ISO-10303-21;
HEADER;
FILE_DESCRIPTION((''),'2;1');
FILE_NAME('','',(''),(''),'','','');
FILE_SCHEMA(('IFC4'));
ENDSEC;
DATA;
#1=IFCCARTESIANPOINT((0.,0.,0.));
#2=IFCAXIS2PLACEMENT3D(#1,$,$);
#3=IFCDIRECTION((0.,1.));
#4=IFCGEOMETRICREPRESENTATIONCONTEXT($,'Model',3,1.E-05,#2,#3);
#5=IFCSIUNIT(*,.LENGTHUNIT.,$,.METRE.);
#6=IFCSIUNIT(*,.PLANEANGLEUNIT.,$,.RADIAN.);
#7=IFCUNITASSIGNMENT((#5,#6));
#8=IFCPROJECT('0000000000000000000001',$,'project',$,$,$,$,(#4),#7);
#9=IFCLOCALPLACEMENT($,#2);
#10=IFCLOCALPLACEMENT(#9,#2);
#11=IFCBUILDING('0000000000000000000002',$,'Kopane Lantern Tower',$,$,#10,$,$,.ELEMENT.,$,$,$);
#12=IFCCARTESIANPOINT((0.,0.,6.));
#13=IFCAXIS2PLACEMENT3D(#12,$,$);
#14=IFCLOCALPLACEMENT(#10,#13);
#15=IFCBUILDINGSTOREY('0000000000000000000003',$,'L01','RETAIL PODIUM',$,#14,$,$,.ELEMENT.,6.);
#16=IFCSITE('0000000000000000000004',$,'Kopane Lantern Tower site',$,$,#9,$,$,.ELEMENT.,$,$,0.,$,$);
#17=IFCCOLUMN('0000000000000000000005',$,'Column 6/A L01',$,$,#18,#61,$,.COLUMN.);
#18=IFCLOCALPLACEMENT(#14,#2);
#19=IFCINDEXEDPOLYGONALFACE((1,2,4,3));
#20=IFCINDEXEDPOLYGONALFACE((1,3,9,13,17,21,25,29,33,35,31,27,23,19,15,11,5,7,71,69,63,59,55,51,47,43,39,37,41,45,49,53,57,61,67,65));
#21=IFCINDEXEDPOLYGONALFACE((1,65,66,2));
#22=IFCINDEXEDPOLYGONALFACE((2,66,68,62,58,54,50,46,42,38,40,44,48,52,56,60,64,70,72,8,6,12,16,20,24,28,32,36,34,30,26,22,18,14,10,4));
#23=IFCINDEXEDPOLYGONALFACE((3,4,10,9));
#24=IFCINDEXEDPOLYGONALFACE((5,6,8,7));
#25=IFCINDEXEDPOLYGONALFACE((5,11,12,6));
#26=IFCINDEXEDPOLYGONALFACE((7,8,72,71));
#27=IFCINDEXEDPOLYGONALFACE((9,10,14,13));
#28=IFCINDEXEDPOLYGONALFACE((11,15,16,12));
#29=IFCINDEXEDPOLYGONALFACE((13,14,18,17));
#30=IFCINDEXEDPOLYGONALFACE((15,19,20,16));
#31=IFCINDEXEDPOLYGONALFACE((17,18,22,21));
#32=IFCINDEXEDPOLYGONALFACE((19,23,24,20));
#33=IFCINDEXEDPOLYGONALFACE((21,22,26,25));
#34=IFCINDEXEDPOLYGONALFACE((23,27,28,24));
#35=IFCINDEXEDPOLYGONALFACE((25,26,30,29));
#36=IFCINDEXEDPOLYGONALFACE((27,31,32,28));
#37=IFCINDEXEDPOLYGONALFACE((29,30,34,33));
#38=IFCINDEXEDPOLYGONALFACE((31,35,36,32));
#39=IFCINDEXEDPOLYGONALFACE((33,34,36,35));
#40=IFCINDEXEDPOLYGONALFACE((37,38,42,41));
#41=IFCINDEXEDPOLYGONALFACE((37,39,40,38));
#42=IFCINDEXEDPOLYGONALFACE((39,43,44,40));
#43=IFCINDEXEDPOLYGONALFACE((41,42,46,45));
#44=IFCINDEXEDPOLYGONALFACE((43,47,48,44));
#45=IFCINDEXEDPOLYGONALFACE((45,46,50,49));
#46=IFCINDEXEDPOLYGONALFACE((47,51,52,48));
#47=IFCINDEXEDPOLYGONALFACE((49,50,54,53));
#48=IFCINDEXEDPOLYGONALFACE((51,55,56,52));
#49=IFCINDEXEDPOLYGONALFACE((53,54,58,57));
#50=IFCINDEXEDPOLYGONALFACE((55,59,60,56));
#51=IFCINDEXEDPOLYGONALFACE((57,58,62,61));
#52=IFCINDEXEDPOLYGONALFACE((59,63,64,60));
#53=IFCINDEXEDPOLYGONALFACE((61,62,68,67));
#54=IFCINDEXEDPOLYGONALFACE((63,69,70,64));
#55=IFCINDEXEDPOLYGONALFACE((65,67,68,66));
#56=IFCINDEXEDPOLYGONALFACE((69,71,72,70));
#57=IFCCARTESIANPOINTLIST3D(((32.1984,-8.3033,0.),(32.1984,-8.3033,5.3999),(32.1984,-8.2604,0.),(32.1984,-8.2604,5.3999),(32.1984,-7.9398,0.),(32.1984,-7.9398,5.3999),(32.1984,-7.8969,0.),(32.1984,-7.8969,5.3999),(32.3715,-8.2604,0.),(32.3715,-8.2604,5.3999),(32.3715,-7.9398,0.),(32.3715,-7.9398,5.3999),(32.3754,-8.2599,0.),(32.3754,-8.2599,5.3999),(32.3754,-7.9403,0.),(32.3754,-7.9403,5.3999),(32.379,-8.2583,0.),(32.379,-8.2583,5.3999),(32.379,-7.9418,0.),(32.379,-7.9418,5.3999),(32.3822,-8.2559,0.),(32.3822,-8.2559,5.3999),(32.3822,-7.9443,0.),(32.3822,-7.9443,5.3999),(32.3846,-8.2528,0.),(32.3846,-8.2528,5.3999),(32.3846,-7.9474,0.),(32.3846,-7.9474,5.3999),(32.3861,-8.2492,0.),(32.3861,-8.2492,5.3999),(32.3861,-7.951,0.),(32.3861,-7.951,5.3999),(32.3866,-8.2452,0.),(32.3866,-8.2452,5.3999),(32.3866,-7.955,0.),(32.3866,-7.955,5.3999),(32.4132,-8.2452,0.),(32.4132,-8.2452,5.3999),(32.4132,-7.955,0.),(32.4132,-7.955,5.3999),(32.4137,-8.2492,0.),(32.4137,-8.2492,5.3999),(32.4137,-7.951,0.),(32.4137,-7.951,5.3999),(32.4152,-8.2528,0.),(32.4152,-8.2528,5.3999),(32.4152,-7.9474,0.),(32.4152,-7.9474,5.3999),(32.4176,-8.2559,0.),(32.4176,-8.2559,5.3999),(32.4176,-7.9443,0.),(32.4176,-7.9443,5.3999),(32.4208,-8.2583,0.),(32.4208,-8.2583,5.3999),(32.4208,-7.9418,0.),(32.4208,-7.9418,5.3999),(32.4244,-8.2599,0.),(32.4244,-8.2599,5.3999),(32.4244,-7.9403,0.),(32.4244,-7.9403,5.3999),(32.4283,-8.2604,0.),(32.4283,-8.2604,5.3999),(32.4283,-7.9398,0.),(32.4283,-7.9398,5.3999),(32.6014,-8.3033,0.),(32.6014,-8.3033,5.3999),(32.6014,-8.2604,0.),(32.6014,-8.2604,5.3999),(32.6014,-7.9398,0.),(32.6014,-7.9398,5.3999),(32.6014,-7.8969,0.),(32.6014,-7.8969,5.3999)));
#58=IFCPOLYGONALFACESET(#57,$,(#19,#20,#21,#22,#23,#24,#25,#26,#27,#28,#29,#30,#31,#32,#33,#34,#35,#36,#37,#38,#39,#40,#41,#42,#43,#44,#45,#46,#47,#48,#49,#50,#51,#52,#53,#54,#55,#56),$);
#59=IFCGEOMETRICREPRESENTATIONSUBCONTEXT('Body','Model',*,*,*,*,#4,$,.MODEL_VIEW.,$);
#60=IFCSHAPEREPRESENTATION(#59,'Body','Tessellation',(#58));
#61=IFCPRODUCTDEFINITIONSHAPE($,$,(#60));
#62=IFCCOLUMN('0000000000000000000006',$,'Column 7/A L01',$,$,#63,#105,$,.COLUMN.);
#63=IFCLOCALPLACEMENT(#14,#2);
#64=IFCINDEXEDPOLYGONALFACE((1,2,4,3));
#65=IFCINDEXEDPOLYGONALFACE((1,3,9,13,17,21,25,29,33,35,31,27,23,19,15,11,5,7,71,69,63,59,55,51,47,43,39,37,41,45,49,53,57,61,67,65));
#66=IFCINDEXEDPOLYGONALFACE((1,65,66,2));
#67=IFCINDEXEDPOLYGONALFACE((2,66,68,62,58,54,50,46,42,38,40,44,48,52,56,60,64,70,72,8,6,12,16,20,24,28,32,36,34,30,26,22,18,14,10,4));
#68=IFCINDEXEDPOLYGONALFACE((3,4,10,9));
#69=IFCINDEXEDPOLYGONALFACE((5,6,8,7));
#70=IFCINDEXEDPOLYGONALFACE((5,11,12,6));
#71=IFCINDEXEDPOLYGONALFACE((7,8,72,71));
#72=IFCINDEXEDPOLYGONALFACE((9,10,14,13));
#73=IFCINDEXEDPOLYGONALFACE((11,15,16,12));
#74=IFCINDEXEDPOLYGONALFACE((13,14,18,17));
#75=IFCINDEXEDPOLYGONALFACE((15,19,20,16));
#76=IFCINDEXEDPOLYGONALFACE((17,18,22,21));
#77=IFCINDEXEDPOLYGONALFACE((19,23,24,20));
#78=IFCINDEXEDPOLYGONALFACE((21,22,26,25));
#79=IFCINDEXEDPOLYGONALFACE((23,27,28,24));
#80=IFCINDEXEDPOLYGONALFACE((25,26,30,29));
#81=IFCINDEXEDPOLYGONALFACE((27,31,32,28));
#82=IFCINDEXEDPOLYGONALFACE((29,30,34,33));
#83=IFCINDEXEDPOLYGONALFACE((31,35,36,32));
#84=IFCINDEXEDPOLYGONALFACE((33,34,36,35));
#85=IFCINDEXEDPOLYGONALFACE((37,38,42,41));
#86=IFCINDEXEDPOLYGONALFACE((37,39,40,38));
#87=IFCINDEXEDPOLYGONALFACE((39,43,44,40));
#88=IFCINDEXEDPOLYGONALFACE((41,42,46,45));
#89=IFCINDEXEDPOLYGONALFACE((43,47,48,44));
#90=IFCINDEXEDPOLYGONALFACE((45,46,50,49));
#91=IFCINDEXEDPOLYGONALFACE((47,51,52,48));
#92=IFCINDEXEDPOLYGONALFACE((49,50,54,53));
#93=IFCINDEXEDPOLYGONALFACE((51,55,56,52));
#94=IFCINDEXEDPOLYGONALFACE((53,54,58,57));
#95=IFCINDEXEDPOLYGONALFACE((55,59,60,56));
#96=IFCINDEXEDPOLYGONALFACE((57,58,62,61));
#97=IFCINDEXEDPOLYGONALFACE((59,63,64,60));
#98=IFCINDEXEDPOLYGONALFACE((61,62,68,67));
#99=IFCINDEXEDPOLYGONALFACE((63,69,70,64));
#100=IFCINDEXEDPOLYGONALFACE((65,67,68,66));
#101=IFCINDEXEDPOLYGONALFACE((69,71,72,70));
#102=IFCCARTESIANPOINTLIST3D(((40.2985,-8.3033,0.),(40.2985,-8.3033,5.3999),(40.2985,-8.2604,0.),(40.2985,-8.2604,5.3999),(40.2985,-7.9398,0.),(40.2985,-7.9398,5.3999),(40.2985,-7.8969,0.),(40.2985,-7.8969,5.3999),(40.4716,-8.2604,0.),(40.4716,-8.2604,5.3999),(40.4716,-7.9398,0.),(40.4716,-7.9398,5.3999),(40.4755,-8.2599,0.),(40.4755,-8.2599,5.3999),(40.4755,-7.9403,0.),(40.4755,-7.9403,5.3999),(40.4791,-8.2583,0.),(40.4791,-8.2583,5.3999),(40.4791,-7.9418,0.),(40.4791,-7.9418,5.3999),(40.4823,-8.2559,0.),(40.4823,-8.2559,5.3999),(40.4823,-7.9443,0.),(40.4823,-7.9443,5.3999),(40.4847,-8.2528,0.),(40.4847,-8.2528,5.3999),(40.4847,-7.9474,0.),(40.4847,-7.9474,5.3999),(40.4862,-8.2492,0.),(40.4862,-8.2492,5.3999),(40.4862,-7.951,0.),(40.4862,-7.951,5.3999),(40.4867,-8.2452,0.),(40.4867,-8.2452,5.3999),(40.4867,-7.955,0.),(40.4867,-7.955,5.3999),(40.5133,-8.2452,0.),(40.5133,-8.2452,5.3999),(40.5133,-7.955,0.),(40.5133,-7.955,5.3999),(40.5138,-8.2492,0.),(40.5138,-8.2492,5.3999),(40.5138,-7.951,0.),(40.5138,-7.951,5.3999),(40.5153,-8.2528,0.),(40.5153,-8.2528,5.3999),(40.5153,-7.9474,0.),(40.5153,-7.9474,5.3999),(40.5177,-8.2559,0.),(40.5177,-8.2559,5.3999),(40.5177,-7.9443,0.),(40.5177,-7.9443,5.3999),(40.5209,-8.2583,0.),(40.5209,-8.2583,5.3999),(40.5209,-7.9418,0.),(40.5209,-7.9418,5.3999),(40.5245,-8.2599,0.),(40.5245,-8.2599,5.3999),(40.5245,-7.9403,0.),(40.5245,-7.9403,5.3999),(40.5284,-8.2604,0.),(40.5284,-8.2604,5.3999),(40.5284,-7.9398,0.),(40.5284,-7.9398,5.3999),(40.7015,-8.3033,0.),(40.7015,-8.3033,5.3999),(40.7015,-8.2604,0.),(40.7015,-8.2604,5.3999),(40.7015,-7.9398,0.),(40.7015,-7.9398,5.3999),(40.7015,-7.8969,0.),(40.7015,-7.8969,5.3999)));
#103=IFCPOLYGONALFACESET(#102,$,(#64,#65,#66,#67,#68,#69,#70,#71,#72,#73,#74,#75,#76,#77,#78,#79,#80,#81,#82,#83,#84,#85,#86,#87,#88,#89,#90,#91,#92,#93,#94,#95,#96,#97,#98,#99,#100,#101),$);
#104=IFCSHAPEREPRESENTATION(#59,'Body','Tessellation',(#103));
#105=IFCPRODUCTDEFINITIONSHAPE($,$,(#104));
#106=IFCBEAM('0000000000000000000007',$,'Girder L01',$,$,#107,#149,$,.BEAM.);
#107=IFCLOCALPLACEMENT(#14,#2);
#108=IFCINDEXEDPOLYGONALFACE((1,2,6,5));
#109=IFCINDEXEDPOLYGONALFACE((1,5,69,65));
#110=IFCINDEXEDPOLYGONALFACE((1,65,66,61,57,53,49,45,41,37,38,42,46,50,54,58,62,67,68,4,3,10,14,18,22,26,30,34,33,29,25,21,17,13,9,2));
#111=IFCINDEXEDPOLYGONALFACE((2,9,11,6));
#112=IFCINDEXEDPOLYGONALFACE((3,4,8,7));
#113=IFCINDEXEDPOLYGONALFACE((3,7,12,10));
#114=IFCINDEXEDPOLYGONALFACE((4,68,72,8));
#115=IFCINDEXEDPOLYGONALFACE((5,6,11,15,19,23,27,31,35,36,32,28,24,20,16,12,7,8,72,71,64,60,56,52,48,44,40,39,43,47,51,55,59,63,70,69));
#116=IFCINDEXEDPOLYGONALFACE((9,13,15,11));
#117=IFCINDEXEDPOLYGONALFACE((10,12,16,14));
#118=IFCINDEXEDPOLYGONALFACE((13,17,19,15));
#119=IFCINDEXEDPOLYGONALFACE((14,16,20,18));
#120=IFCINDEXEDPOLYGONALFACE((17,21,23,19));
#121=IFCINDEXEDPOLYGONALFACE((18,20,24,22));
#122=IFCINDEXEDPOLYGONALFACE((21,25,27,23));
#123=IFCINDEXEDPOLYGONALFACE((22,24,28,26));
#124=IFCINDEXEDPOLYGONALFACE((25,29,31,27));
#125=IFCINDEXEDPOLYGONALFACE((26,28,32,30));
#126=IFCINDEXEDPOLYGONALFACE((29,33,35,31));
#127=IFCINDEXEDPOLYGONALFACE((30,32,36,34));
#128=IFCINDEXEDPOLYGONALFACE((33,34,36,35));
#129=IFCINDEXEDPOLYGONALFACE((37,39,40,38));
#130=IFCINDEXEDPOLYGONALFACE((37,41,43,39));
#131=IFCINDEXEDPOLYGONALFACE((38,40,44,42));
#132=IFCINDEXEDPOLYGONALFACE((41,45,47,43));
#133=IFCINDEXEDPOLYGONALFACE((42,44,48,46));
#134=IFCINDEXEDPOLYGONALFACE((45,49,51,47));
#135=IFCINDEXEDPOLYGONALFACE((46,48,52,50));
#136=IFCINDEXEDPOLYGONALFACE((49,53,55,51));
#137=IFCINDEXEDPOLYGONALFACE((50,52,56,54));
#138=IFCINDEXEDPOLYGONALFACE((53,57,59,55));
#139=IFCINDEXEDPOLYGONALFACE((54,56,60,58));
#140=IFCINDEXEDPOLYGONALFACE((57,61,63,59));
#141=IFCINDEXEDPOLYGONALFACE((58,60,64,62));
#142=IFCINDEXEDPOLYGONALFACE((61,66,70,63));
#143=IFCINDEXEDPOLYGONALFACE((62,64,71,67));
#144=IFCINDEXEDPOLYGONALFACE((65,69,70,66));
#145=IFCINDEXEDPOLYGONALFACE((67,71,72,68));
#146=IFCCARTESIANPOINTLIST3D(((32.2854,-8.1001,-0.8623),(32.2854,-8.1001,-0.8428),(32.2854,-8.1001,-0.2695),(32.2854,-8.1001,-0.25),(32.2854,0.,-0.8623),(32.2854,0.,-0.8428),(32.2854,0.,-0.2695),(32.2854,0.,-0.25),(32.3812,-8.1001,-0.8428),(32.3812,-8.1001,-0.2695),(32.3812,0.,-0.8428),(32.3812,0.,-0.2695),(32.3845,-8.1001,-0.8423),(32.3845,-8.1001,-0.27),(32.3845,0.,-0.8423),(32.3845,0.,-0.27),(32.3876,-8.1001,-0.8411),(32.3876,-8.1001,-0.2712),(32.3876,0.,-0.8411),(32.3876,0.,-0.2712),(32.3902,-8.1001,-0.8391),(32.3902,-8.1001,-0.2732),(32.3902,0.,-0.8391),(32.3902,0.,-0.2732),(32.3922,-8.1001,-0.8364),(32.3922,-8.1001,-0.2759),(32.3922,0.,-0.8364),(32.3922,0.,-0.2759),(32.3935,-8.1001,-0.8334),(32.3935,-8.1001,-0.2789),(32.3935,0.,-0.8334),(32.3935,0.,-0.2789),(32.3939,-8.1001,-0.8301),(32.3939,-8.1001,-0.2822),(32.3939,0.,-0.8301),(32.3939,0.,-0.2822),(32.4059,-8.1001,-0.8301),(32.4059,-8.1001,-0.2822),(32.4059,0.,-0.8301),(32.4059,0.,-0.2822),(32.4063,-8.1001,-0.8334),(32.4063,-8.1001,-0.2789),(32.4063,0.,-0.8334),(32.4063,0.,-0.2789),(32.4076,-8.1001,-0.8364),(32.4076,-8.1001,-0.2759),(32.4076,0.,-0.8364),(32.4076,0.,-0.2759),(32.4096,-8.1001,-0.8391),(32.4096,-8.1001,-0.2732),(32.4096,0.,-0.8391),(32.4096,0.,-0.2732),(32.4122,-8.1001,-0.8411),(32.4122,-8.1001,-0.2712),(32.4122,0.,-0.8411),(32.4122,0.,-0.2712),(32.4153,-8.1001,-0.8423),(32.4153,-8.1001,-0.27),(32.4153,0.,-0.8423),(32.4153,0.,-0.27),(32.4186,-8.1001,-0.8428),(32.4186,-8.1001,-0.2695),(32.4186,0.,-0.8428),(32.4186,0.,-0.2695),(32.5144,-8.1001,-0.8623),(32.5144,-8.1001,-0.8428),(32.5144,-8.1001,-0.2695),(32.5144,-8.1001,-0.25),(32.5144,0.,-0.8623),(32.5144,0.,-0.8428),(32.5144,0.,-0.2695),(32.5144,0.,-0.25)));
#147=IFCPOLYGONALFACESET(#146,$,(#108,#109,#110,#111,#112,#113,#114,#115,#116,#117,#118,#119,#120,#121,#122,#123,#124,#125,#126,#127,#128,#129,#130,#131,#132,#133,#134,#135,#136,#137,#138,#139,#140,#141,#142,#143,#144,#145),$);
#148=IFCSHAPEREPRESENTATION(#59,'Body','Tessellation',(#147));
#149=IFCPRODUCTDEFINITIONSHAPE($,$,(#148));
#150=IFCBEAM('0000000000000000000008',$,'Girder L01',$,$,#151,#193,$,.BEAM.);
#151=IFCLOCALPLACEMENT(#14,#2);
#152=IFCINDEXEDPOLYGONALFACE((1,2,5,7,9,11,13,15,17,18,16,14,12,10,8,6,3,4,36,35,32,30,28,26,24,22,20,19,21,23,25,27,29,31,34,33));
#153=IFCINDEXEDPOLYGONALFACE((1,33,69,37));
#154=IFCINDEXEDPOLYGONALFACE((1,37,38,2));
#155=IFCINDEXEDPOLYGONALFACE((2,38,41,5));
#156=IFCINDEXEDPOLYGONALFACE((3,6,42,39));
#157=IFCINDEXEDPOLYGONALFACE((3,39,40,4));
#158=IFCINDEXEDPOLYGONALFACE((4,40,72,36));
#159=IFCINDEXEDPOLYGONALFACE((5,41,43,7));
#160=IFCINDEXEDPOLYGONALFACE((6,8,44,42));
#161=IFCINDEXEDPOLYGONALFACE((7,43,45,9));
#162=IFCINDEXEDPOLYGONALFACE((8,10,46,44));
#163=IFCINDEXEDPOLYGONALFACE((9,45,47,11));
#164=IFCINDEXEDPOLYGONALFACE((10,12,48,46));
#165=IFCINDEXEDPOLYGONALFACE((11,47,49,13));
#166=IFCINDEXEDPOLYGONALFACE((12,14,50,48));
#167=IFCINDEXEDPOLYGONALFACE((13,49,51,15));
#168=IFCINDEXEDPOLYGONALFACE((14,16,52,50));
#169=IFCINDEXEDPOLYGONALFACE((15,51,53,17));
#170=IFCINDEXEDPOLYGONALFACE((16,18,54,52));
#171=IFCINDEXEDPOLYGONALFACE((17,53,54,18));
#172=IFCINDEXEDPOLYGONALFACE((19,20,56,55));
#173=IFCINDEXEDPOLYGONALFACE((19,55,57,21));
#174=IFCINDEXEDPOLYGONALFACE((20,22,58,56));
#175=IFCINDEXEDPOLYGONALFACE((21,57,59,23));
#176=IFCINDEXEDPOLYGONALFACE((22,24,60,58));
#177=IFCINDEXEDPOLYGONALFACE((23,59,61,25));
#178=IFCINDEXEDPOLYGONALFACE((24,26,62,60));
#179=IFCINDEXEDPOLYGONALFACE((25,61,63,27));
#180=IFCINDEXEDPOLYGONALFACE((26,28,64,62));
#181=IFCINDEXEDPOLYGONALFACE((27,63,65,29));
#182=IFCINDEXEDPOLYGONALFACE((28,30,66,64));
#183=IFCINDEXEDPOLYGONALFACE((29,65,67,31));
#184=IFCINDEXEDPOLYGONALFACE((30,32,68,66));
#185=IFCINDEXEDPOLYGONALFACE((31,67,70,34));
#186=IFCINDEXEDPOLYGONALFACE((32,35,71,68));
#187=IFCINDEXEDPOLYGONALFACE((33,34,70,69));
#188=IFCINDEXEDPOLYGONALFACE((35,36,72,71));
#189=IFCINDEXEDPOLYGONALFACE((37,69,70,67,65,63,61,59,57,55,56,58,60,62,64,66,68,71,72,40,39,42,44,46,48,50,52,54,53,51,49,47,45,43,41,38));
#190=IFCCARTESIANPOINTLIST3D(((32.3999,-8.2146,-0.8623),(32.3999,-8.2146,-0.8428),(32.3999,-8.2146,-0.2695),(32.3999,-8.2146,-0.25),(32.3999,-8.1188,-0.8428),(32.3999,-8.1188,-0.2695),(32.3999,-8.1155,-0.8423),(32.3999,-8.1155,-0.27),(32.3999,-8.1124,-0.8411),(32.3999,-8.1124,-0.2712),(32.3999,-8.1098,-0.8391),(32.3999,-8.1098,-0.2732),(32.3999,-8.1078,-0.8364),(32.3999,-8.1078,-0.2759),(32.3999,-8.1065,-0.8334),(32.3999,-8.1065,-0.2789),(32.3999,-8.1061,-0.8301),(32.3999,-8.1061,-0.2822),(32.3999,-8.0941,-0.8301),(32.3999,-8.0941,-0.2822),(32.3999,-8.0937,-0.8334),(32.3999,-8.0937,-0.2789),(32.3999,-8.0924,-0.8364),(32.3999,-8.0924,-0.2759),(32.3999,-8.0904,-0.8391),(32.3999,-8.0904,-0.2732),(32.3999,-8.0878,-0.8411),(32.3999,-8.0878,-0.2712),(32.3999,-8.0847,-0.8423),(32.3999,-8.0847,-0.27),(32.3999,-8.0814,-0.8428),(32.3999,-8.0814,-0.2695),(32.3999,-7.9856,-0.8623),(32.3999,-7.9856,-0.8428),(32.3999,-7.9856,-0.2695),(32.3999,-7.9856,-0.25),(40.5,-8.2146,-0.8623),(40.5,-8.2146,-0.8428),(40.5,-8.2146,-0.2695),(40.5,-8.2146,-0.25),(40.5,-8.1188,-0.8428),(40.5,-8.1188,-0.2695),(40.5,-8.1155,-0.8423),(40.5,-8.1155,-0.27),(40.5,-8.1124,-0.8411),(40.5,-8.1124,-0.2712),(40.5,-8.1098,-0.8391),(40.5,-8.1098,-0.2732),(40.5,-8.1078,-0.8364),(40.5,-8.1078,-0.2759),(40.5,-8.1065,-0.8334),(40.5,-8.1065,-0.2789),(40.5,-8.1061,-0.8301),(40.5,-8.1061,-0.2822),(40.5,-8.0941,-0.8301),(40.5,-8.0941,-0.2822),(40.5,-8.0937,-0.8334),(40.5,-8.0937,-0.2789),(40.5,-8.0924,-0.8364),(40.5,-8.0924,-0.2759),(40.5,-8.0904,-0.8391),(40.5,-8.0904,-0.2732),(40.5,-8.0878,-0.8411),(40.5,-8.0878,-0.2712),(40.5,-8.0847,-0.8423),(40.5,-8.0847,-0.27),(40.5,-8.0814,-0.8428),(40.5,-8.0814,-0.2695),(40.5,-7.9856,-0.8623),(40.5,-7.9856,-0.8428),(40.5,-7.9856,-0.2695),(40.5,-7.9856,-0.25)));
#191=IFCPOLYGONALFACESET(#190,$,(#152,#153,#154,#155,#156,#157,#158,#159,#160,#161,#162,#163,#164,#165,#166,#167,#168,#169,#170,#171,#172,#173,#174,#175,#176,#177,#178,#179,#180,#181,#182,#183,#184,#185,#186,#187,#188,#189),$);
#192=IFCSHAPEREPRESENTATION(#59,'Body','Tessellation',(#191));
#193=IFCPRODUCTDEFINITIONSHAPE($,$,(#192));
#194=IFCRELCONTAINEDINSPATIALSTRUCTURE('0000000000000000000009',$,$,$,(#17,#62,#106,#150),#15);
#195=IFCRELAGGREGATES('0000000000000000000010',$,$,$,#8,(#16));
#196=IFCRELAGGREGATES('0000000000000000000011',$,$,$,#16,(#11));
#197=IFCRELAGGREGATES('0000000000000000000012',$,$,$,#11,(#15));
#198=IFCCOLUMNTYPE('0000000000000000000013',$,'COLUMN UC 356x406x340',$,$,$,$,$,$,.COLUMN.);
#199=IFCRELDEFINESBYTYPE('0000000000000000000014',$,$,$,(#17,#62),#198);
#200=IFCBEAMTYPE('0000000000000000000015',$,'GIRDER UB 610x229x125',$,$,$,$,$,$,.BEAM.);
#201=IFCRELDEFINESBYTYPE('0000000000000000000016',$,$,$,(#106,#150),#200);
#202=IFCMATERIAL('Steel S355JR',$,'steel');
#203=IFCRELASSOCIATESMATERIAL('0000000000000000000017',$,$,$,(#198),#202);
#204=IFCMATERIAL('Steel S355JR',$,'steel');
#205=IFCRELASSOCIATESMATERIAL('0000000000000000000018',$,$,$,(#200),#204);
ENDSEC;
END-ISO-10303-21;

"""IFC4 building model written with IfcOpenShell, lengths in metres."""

from ifc_helpers import new_model, si_unit, direction, frame, origin, origin_2d, place, context, subcontext, project, spatial, i_section, extrude, material, material_profile, profile_set, type_object, element, save


model = new_model("IFC4")

# Units and contexts
model_context = context("Model", 3, precision=1e-05, world=origin(), true_north=direction((0.0, 1.0)))
body_context = subcontext(model_context, "Body", "Model", "MODEL_VIEW")
ifc_project = project(units=[si_unit("LENGTHUNIT", "METRE"), si_unit("PLANEANGLEUNIT", "RADIAN")], contexts=[model_context])

# Site, building, storey
site_placement = place(None, origin())
site = spatial("IfcSite", under=ifc_project, at=site_placement, Name="Kopane Lantern Tower site", CompositionType="ELEMENT", RefElevation=0.0)
building_placement = place(site_placement, origin())
building = spatial("IfcBuilding", under=site, at=building_placement, Name="Kopane Lantern Tower", CompositionType="ELEMENT")
storey_placement = place(building_placement, frame((0.0, 0.0, 6.0)))
storey = spatial("IfcBuildingStorey", under=building, at=storey_placement, Name="L01", Description="RETAIL PODIUM", CompositionType="ELEMENT", Elevation=6.0)

# Columns
ifc_material_1 = material(Name="Steel S355JR", Category="steel")
ifc_material_profile_1 = material_profile(ifc_material_1, i_section(OverallWidth=0.4031, OverallDepth=0.4065, WebThickness=0.0266, FlangeThickness=0.043, FilletRadius=0.0151, at=origin_2d()), Name="UC 356x406x340")
ifc_profile_set_1 = profile_set([ifc_material_profile_1], Name="Steel S355JR")
column_type = type_object("IfcColumnType", Name="COLUMN UC 356x406x340", PredefinedType="COLUMN", material=ifc_profile_set_1)
for number, where, z_axis, x_axis, name in (
    (1, (32.3999, -8.1001, 0.0), (0.0, 0.0, 1.0), (1.0, 0.0, 0.0), "Column 6/A L01"),
    (2, (40.5, -8.1001, 0.0), (0.0, 0.0, 1.0), (1.0, 0.0, 0.0), "Column 7/A L01"),
):
    element("IfcColumn", number, at=place(storey_placement, frame(where, z_axis=z_axis, x_axis=x_axis)), inside=storey, type_object=column_type, Name=name, PredefinedType="COLUMN", context=body_context, shape_type="SweptSolid", body=[
        extrude(i_section(OverallWidth=0.4031, OverallDepth=0.4065, WebThickness=0.0266, FlangeThickness=0.043, FilletRadius=0.0151, at=origin_2d()), origin(), (0.0, 0.0, 1.0), 5.3999),
    ])

# Beams
ifc_material_2 = material(Name="Steel S355JR", Category="steel")
ifc_material_profile_2 = material_profile(ifc_material_2, i_section(OverallWidth=0.229, OverallDepth=0.6123, WebThickness=0.012, FlangeThickness=0.0195, FilletRadius=0.0127, at=origin_2d()), Name="UB 610x229x125")
ifc_profile_set_2 = profile_set([ifc_material_profile_2], Name="Steel S355JR")
beam_type = type_object("IfcBeamType", Name="GIRDER UB 610x229x125", PredefinedType="BEAM", material=ifc_profile_set_2)
for number, where, z_axis, x_axis, name in (
    (3, (32.3999, -8.1001, -0.5562), (0.0, 1.0, 0.0), (-1.0, 0.0, 0.0), "Girder L01"),
    (4, (32.3999, -8.1001, -0.5562), (1.0, 0.0, 0.0), (0.0, 1.0, 0.0), "Girder L01"),
):
    element("IfcBeam", number, at=place(storey_placement, frame(where, z_axis=z_axis, x_axis=x_axis)), inside=storey, type_object=beam_type, Name=name, PredefinedType="BEAM", context=body_context, shape_type="SweptSolid", body=[
        extrude(i_section(OverallWidth=0.229, OverallDepth=0.6123, WebThickness=0.012, FlangeThickness=0.0195, FilletRadius=0.0127, at=origin_2d()), origin(), (0.0, 0.0, 1.0), 8.1001),
    ])

save(model, "model.ifc")
